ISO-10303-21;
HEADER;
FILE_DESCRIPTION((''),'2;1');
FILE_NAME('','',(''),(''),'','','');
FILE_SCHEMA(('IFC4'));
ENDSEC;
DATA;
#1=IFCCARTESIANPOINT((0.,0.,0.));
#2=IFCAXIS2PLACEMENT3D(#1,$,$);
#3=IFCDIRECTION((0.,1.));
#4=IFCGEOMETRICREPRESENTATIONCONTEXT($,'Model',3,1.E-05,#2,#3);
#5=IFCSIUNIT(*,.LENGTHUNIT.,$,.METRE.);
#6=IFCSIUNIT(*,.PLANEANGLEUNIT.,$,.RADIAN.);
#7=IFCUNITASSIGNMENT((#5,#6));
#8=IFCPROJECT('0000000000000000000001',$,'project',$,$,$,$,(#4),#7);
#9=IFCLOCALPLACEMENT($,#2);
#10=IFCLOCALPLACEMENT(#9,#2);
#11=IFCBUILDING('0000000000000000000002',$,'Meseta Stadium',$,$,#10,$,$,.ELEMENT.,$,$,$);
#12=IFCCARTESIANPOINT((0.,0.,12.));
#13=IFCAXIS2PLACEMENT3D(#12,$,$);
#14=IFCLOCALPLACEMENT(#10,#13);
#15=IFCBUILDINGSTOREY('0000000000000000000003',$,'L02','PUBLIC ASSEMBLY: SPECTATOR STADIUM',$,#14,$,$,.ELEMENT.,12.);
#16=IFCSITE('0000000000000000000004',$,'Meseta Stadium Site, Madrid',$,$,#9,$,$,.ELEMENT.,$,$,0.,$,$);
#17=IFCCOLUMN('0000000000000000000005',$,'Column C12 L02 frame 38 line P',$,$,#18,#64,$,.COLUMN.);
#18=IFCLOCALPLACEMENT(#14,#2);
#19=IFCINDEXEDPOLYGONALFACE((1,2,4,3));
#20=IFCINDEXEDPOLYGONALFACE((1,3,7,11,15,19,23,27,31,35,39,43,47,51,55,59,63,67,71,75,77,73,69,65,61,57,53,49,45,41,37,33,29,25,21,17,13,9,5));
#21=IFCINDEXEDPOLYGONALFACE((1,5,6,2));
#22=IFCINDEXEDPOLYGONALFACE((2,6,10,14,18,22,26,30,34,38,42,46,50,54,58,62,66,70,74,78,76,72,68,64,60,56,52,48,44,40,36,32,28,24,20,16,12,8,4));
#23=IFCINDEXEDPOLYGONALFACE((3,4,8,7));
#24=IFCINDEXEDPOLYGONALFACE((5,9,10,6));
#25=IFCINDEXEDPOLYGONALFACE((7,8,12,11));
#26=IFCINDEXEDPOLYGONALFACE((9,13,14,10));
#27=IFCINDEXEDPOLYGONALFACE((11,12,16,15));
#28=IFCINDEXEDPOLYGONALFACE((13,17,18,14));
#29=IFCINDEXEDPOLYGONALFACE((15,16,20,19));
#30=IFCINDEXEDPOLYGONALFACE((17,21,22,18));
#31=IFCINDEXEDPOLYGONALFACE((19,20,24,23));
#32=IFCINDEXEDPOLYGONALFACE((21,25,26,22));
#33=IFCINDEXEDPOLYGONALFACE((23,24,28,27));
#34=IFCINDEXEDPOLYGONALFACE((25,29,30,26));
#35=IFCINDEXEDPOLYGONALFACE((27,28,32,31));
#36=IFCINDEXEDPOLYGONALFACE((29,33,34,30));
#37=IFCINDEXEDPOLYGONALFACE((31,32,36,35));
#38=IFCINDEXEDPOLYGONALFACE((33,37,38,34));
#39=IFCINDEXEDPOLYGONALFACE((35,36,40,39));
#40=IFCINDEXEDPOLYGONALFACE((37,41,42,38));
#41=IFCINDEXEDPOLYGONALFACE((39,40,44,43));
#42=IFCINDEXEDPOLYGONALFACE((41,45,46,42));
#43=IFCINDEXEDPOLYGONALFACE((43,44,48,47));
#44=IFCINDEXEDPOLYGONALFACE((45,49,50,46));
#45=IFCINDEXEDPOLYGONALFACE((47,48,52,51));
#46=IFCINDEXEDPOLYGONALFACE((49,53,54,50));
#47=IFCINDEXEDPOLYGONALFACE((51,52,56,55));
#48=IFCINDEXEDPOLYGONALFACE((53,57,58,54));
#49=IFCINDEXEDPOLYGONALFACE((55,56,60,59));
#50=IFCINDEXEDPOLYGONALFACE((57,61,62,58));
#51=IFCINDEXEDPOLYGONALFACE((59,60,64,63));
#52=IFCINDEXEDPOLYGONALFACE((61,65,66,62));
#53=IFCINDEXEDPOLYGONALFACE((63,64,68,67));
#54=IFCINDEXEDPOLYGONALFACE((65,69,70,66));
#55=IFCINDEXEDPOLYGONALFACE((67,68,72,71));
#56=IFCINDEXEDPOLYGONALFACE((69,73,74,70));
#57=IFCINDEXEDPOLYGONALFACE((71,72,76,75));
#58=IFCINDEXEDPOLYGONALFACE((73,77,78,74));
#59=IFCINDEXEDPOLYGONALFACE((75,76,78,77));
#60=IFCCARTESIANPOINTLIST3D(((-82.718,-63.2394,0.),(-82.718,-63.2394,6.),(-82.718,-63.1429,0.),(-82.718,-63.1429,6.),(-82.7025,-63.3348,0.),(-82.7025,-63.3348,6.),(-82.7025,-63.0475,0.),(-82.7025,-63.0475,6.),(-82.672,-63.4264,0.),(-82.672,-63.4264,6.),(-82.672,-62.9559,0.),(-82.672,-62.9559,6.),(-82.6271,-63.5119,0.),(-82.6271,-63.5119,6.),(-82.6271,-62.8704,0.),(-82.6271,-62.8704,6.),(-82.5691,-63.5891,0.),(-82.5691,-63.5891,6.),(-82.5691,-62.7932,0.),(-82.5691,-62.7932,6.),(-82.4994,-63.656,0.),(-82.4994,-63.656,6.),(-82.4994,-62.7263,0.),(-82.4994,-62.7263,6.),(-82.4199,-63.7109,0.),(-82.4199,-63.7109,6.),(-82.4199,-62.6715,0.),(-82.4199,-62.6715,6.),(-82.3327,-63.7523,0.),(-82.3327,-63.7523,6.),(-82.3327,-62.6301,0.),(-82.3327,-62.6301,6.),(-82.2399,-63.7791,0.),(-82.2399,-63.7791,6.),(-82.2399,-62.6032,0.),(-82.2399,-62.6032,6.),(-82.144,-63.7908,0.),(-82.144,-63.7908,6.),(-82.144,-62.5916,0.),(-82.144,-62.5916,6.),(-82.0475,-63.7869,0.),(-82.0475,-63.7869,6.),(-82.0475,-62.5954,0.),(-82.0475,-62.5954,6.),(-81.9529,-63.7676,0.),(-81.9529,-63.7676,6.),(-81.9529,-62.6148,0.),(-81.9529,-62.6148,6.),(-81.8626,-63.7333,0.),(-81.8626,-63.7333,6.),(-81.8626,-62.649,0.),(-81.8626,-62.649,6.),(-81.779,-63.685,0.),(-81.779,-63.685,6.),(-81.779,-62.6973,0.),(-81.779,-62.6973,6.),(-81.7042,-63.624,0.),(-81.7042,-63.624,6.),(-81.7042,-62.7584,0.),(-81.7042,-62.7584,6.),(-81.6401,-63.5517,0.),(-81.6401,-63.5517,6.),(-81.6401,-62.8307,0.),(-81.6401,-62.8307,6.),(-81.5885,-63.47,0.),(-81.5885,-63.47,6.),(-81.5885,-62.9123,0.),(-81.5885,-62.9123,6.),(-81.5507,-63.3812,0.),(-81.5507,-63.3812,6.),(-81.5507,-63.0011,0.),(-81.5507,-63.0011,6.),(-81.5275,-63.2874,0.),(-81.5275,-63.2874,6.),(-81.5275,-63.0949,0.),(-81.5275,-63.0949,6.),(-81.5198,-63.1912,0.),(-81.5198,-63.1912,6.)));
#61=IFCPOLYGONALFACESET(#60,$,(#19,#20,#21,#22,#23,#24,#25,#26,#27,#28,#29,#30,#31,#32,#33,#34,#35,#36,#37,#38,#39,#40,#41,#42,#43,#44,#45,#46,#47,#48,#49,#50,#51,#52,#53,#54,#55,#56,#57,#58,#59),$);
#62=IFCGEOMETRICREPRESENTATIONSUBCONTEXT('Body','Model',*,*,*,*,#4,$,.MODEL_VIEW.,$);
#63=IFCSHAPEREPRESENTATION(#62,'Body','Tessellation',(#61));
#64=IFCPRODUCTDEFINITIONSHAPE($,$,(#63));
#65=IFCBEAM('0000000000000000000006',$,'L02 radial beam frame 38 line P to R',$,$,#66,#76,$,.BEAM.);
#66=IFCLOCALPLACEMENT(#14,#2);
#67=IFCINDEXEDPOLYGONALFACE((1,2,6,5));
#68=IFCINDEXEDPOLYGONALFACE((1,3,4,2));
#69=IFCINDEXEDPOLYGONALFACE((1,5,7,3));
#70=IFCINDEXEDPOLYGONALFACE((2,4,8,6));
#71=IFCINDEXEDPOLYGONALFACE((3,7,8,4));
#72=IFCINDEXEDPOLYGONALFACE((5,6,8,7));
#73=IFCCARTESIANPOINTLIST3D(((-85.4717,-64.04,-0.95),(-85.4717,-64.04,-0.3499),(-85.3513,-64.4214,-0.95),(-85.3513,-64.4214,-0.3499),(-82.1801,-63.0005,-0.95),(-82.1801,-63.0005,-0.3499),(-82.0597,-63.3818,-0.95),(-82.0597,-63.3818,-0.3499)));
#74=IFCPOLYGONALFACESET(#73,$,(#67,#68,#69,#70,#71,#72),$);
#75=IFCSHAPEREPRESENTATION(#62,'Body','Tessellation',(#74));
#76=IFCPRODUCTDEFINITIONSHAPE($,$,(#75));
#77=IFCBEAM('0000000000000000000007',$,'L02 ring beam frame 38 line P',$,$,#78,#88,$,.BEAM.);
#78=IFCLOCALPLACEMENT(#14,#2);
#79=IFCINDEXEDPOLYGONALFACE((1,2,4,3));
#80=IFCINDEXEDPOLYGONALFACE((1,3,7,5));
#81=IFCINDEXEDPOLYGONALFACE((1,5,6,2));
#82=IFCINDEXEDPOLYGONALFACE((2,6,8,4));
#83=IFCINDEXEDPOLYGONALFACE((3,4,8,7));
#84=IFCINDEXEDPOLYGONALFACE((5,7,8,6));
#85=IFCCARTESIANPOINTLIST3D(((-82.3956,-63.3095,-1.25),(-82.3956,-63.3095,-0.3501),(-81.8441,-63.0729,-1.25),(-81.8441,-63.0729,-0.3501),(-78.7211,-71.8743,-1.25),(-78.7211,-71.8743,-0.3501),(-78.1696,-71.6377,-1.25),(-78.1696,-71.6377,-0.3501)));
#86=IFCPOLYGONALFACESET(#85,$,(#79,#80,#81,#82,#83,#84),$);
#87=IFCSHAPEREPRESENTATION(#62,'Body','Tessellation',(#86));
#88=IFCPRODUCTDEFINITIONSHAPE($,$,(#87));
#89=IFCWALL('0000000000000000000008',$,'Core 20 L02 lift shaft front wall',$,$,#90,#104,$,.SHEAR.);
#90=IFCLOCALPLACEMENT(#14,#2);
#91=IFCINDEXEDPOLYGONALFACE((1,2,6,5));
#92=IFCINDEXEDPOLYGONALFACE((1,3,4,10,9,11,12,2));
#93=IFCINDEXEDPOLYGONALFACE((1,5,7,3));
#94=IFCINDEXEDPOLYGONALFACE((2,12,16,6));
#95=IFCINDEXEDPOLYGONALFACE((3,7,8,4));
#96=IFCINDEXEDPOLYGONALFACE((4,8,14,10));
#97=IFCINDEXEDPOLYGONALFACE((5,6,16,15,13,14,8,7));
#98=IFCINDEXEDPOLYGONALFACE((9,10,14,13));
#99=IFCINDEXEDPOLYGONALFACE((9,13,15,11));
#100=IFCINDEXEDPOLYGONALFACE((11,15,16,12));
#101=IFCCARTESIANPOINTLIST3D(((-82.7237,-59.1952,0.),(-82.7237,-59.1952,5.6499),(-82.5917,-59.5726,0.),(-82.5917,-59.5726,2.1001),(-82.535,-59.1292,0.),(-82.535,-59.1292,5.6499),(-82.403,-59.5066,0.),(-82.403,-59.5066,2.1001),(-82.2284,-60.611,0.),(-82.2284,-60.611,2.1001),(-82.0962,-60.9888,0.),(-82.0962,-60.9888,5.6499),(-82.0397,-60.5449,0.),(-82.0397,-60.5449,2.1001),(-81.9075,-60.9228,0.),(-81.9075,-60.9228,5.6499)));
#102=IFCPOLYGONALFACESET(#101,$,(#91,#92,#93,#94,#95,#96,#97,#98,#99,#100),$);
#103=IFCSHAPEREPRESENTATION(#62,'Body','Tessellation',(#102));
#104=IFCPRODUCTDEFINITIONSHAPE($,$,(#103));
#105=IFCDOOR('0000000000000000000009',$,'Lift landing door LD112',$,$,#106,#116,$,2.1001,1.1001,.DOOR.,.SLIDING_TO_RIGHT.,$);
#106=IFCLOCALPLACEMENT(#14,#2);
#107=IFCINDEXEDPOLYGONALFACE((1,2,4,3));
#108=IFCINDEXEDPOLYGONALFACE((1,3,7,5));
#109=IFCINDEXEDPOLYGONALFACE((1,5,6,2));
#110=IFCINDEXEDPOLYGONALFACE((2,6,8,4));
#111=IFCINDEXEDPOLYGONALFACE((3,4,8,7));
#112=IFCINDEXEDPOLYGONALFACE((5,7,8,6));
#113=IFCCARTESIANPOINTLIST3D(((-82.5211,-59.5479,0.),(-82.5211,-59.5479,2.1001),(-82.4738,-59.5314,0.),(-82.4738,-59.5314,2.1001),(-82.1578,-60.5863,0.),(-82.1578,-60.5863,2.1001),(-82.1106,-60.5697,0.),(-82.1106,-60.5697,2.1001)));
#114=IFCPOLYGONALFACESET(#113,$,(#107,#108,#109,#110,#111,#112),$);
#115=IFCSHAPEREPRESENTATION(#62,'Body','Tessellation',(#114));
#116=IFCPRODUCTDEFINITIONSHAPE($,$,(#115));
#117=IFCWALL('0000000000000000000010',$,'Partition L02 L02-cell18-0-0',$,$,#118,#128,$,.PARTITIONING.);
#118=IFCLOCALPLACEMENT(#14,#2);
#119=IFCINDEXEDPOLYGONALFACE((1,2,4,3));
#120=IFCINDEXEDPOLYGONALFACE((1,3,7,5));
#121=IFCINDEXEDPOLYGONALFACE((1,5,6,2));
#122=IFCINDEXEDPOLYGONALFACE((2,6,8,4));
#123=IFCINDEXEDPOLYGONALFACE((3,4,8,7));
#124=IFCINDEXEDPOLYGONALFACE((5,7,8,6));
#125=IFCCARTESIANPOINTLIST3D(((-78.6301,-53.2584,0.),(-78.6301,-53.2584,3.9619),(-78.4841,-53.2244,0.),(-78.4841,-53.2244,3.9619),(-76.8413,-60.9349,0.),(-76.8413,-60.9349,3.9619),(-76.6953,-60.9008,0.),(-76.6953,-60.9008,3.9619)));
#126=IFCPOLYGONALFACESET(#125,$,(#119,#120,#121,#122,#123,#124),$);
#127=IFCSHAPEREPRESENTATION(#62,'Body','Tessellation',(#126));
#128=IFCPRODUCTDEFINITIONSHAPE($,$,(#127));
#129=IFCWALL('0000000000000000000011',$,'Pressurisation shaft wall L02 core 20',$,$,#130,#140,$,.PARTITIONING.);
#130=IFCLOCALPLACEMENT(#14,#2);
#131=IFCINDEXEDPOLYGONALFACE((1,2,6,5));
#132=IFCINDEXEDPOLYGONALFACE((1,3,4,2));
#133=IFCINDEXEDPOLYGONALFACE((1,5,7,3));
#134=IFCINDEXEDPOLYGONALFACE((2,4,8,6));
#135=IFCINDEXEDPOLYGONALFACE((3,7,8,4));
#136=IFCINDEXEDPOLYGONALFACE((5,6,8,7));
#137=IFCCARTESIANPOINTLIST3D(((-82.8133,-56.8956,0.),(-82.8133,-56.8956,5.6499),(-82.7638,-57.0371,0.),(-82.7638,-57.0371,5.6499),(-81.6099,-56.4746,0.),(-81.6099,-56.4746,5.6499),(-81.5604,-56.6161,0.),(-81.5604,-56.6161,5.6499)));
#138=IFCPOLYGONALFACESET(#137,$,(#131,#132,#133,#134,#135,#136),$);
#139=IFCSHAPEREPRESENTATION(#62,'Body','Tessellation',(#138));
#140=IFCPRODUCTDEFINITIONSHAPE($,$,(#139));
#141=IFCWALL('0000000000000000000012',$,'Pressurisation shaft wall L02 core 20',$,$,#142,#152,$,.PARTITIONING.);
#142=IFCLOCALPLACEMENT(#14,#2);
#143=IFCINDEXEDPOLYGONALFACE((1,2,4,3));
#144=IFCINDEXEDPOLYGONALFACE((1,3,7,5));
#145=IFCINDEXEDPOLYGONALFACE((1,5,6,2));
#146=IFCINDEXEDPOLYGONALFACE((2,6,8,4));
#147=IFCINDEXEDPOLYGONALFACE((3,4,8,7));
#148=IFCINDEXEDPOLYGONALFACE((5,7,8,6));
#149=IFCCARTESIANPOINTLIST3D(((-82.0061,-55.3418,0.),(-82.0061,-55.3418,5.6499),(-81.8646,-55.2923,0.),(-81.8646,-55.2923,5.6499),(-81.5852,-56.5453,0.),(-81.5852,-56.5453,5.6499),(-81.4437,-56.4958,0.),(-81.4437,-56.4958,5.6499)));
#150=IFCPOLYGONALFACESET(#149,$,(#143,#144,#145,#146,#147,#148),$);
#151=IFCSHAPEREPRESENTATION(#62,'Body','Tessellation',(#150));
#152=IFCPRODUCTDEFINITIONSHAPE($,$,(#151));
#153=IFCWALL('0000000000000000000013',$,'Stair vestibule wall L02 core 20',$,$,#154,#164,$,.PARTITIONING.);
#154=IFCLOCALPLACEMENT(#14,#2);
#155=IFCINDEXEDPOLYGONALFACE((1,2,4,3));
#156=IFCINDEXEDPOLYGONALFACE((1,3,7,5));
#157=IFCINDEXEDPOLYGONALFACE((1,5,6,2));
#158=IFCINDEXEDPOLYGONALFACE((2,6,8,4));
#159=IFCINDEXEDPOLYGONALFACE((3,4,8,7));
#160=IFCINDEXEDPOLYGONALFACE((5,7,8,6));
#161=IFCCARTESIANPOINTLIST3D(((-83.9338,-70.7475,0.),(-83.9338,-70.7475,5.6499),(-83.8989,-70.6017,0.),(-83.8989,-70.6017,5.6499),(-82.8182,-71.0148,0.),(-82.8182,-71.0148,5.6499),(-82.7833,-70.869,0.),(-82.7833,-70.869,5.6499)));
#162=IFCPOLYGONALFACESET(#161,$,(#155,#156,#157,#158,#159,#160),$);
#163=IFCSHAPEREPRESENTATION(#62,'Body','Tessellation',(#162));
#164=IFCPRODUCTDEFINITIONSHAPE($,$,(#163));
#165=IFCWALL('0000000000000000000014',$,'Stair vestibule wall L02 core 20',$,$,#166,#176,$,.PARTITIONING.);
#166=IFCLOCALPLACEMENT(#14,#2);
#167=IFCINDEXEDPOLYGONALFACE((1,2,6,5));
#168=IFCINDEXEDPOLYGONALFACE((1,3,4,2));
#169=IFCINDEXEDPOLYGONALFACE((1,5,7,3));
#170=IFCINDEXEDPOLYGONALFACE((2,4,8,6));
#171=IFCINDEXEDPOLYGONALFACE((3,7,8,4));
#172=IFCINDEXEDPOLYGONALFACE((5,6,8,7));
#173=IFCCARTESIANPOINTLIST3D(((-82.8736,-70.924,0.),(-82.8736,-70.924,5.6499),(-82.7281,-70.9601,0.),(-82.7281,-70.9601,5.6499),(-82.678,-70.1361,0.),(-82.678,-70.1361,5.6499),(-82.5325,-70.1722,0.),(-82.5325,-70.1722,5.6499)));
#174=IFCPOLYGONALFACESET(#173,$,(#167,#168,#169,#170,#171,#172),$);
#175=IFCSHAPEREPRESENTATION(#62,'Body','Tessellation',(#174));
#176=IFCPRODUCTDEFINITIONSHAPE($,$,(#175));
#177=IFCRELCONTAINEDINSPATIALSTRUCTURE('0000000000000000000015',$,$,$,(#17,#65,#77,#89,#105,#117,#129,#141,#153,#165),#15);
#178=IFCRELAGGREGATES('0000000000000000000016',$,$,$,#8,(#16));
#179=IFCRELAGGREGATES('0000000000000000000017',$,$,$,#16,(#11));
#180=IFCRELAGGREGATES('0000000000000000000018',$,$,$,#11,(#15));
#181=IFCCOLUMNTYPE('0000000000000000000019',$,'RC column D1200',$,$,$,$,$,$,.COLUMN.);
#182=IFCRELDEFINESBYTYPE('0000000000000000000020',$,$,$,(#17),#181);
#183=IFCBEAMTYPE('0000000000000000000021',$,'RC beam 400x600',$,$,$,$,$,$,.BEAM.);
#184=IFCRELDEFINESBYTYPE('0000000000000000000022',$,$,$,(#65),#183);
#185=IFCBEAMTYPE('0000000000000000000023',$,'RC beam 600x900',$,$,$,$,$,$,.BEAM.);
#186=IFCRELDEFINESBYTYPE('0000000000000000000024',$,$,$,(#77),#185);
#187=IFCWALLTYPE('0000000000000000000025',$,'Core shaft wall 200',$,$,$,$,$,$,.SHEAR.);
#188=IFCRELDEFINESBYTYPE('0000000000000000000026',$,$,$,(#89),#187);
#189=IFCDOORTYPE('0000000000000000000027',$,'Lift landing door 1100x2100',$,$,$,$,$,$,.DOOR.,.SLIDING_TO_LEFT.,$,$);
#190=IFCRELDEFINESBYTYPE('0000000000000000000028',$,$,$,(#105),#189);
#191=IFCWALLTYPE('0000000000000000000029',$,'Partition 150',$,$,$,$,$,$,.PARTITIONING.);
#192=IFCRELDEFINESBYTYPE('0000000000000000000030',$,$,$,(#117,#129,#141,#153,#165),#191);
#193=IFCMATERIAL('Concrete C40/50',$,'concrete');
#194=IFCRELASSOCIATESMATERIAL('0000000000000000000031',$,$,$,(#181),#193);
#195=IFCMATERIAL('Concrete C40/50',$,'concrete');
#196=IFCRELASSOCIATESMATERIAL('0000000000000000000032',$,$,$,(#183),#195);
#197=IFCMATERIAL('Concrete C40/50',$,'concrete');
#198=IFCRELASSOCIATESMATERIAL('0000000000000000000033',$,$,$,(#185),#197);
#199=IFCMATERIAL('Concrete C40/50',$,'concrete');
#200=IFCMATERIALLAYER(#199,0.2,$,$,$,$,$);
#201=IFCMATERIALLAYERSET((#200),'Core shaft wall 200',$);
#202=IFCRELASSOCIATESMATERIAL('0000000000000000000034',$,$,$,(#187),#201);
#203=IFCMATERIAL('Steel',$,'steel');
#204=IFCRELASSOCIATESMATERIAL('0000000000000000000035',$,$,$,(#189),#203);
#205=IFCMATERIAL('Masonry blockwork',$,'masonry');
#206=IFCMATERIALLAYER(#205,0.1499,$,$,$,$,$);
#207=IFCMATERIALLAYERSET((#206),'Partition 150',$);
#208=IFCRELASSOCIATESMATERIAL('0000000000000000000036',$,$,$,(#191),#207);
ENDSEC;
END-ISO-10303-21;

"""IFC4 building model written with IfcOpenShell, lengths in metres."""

from ifc_helpers import new_model, si_unit, direction, frame, frame_2d, origin, origin_2d, place, context, subcontext, project, spatial, rectangle, circle, extrude, material, layer, layer_set, material_profile, profile_set, type_object, element, fill, save


model = new_model("IFC4")

# Units and contexts
model_context = context("Model", 3, precision=1e-05, world=origin(), true_north=direction((0.0, 1.0)))
body_context = subcontext(model_context, "Body", "Model", "MODEL_VIEW")
ifc_project = project(units=[si_unit("LENGTHUNIT", "METRE"), si_unit("PLANEANGLEUNIT", "RADIAN")], contexts=[model_context])

# Site, building, storey
site_placement = place(None, origin())
site = spatial("IfcSite", under=ifc_project, at=site_placement, Name="Meseta Stadium Site, Madrid", CompositionType="ELEMENT", RefElevation=0.0)
building_placement = place(site_placement, origin())
building = spatial("IfcBuilding", under=site, at=building_placement, Name="Meseta Stadium", CompositionType="ELEMENT")
storey_placement = place(building_placement, frame((0.0, 0.0, 12.0)))
storey = spatial("IfcBuildingStorey", under=building, at=storey_placement, Name="L02", Description="PUBLIC ASSEMBLY: SPECTATOR STADIUM", CompositionType="ELEMENT", Elevation=12.0)

# Column
ifc_material_1 = material(Name="Concrete C40/50", Category="concrete")
ifc_material_profile_1 = material_profile(ifc_material_1, circle(Radius=0.6001, at=origin_2d()), Name="RC D1200")
ifc_profile_set_1 = profile_set([ifc_material_profile_1], Name="Concrete C40/50")
column_type = type_object("IfcColumnType", Name="RC column D1200", PredefinedType="COLUMN", material=ifc_profile_set_1)
column_placement = place(storey_placement, frame((-82.1199, -63.1912, 0.0), z_axis=(0.0, 0.0, 1.0), x_axis=(1.0, 0.0, 0.0)))
element("IfcColumn", 1, at=column_placement, inside=storey, type_object=column_type, Name="Column C12 L02 frame 38 line P", PredefinedType="COLUMN", context=body_context, shape_type="SweptSolid", body=[
    extrude(circle(Radius=0.6001, at=origin_2d()), origin(), (0.0, 0.0, 1.0), 6.0),
])

# Beams
ifc_material_2 = material(Name="Concrete C40/50", Category="concrete")
ifc_material_profile_2 = material_profile(ifc_material_2, rectangle(XDim=0.3999, YDim=0.6001, at=origin_2d()), Name="RC 400x600")
ifc_profile_set_2 = profile_set([ifc_material_profile_2], Name="Concrete C40/50")
beam_type_1 = type_object("IfcBeamType", Name="RC beam 400x600", PredefinedType="BEAM", material=ifc_profile_set_2)
beam_1_placement = place(storey_placement, frame((-82.1199, -63.1912, -0.6499), z_axis=(-0.953578, -0.301145, 0.0), x_axis=(0.301145, -0.953578, 0.0)))
element("IfcBeam", 2, at=beam_1_placement, inside=storey, type_object=beam_type_1, Name="L02 radial beam frame 38 line P to R", PredefinedType="BEAM", context=body_context, shape_type="SweptSolid", body=[
    extrude(rectangle(XDim=0.3999, YDim=0.6001, at=origin_2d()), origin(), (0.0, 0.0, 1.0), 3.4519),
])
ifc_material_3 = material(Name="Concrete C40/50", Category="concrete")
ifc_material_profile_3 = material_profile(ifc_material_3, rectangle(XDim=0.6001, YDim=0.8999, at=origin_2d()), Name="RC 600x900")
ifc_profile_set_3 = profile_set([ifc_material_profile_3], Name="Concrete C40/50")
beam_type_2 = type_object("IfcBeamType", Name="RC beam 600x900", PredefinedType="BEAM", material=ifc_profile_set_3)
beam_2_placement = place(storey_placement, frame((-82.1199, -63.1912, -0.8), z_axis=(0.39427, -0.918995, 0.0), x_axis=(0.918995, 0.39427, 0.0)))
element("IfcBeam", 3, at=beam_2_placement, inside=storey, type_object=beam_type_2, Name="L02 ring beam frame 38 line P", PredefinedType="BEAM", context=body_context, shape_type="SweptSolid", body=[
    extrude(rectangle(XDim=0.6001, YDim=0.8999, at=origin_2d()), origin(), (0.0, 0.0, 1.0), 9.3198),
])

# Wall, opening, door
ifc_material_4 = material(Name="Concrete C40/50", Category="concrete")
ifc_layer_1 = layer(ifc_material_4, 0.2)
ifc_layer_set_1 = layer_set([ifc_layer_1], Name="Core shaft wall 200")
wall_type_1 = type_object("IfcWallType", Name="Core shaft wall 200", PredefinedType="SHEAR", material=ifc_layer_set_1)
wall_1_placement = place(storey_placement, frame((-82.6294, -59.1621, 0.0), z_axis=(0.0, 0.0, 1.0), x_axis=(0.330225, -0.943902, 0.0)))
wall_1 = element("IfcWall", 4, at=wall_1_placement, inside=storey, type_object=wall_type_1, Name="Core 20 L02 lift shaft front wall", PredefinedType="SHEAR", context=body_context, shape_type="SweptSolid", body=[
    extrude(rectangle(XDim=1.9001, YDim=0.2, at=frame_2d((0.9502, 0.0))), origin(), (0.0, 0.0, 1.0), 5.6499),
])
opening_1_placement = place(wall_1_placement, frame((0.3999, 0.0, 0.0)))
opening_1 = element("IfcOpeningElement", 5, at=opening_1_placement, cuts=wall_1, PredefinedType="OPENING", context=body_context, shape_type="SweptSolid", body=[
    extrude(rectangle(XDim=1.1001, YDim=2.1001, at=frame_2d((0.55, 1.05))), frame((0.0, 0.1099, 0.0), z_axis=(0.0, -1.0, 0.0), x_axis=(1.0, 0.0, 0.0)), (0.0, 0.0, 1.0), 0.22),
])
ifc_material_5 = material(Name="Steel", Category="steel")
door_type_1 = type_object("IfcDoorType", Name="Lift landing door 1100x2100", OperationType="SLIDING_TO_LEFT", PredefinedType="DOOR", material=ifc_material_5)
door_1_placement = place(opening_1_placement, origin())
door_1 = element("IfcDoor", 6, at=door_1_placement, inside=storey, type_object=door_type_1, Name="Lift landing door LD112", OperationType="SLIDING_TO_RIGHT", OverallHeight=2.1001, OverallWidth=1.1001, PredefinedType="DOOR", context=body_context, shape_type="SweptSolid", body=[
    extrude(rectangle(XDim=1.1001, YDim=2.1001, at=frame_2d((0.55, 1.05))), frame((0.0, 0.0249, 0.0), z_axis=(0.0, -1.0, 0.0), x_axis=(1.0, 0.0, 0.0)), (0.0, 0.0, 1.0), 0.05),
])
fill(opening_1, door_1)

# Walls
ifc_material_6 = material(Name="Masonry blockwork", Category="masonry")
ifc_layer_2 = layer(ifc_material_6, 0.1499)
ifc_layer_set_2 = layer_set([ifc_layer_2], Name="Partition 150")
wall_type_2 = type_object("IfcWallType", Name="Partition 150", PredefinedType="PARTITIONING", material=ifc_layer_set_2)
wall_2_placement = place(storey_placement, frame((-76.7683, -60.9177, 0.0), z_axis=(0.0, 0.0, 1.0), x_axis=(-0.226945, 0.973908, 0.0)))
element("IfcWall", 7, at=wall_2_placement, inside=storey, type_object=wall_type_2, Name="Partition L02 L02-cell18-0-0", PredefinedType="PARTITIONING", context=body_context, shape_type="SweptSolid", body=[
    extrude(rectangle(XDim=7.8821, YDim=0.1499, at=frame_2d((3.9409, 0.0))), origin(), (0.0, 0.0, 1.0), 3.9619),
])
for number, where, z_axis, x_axis, name in (
    (8, (-82.7886, -56.9663, 0.0), (0.0, 0.0, 1.0), (0.943927, 0.330154, 0.0), "Pressurisation shaft wall L02 core 20"),
    (9, (-81.5144, -56.5205, 0.0), (0.0, 0.0, 1.0), (-0.330154, 0.943927, 0.0), "Pressurisation shaft wall L02 core 20"),
):
    element("IfcWall", number, at=place(storey_placement, frame(where, z_axis=z_axis, x_axis=x_axis)), inside=storey, type_object=wall_type_2, Name=name, PredefinedType="PARTITIONING", context=body_context, shape_type="SweptSolid", body=[
        extrude(rectangle(XDim=1.2749, YDim=0.1499, at=frame_2d((0.6375, 0.0))), origin(), (0.0, 0.0, 1.0), 5.6499),
    ])
wall_3_placement = place(storey_placement, frame((-83.9165, -70.6746, 0.0), z_axis=(0.0, 0.0, 1.0), x_axis=(0.972474, -0.233011, 0.0)))
element("IfcWall", 10, at=wall_3_placement, inside=storey, type_object=wall_type_2, Name="Stair vestibule wall L02 core 20", PredefinedType="PARTITIONING", context=body_context, shape_type="SweptSolid", body=[
    extrude(rectangle(XDim=1.1472, YDim=0.1499, at=frame_2d((0.5737, 0.0))), origin(), (0.0, 0.0, 1.0), 5.6499),
])
wall_4_placement = place(storey_placement, frame((-82.8008, -70.9419, 0.0), z_axis=(0.0, 0.0, 1.0), x_axis=(0.240908, 0.970548, 0.0)))
element("IfcWall", 11, at=wall_4_placement, inside=storey, type_object=wall_type_2, Name="Stair vestibule wall L02 core 20", PredefinedType="PARTITIONING", context=body_context, shape_type="SweptSolid", body=[
    extrude(rectangle(XDim=0.8118, YDim=0.1499, at=frame_2d((0.4058, 0.0))), origin(), (0.0, 0.0, 1.0), 5.6499),
])

save(model, "model.ifc")
